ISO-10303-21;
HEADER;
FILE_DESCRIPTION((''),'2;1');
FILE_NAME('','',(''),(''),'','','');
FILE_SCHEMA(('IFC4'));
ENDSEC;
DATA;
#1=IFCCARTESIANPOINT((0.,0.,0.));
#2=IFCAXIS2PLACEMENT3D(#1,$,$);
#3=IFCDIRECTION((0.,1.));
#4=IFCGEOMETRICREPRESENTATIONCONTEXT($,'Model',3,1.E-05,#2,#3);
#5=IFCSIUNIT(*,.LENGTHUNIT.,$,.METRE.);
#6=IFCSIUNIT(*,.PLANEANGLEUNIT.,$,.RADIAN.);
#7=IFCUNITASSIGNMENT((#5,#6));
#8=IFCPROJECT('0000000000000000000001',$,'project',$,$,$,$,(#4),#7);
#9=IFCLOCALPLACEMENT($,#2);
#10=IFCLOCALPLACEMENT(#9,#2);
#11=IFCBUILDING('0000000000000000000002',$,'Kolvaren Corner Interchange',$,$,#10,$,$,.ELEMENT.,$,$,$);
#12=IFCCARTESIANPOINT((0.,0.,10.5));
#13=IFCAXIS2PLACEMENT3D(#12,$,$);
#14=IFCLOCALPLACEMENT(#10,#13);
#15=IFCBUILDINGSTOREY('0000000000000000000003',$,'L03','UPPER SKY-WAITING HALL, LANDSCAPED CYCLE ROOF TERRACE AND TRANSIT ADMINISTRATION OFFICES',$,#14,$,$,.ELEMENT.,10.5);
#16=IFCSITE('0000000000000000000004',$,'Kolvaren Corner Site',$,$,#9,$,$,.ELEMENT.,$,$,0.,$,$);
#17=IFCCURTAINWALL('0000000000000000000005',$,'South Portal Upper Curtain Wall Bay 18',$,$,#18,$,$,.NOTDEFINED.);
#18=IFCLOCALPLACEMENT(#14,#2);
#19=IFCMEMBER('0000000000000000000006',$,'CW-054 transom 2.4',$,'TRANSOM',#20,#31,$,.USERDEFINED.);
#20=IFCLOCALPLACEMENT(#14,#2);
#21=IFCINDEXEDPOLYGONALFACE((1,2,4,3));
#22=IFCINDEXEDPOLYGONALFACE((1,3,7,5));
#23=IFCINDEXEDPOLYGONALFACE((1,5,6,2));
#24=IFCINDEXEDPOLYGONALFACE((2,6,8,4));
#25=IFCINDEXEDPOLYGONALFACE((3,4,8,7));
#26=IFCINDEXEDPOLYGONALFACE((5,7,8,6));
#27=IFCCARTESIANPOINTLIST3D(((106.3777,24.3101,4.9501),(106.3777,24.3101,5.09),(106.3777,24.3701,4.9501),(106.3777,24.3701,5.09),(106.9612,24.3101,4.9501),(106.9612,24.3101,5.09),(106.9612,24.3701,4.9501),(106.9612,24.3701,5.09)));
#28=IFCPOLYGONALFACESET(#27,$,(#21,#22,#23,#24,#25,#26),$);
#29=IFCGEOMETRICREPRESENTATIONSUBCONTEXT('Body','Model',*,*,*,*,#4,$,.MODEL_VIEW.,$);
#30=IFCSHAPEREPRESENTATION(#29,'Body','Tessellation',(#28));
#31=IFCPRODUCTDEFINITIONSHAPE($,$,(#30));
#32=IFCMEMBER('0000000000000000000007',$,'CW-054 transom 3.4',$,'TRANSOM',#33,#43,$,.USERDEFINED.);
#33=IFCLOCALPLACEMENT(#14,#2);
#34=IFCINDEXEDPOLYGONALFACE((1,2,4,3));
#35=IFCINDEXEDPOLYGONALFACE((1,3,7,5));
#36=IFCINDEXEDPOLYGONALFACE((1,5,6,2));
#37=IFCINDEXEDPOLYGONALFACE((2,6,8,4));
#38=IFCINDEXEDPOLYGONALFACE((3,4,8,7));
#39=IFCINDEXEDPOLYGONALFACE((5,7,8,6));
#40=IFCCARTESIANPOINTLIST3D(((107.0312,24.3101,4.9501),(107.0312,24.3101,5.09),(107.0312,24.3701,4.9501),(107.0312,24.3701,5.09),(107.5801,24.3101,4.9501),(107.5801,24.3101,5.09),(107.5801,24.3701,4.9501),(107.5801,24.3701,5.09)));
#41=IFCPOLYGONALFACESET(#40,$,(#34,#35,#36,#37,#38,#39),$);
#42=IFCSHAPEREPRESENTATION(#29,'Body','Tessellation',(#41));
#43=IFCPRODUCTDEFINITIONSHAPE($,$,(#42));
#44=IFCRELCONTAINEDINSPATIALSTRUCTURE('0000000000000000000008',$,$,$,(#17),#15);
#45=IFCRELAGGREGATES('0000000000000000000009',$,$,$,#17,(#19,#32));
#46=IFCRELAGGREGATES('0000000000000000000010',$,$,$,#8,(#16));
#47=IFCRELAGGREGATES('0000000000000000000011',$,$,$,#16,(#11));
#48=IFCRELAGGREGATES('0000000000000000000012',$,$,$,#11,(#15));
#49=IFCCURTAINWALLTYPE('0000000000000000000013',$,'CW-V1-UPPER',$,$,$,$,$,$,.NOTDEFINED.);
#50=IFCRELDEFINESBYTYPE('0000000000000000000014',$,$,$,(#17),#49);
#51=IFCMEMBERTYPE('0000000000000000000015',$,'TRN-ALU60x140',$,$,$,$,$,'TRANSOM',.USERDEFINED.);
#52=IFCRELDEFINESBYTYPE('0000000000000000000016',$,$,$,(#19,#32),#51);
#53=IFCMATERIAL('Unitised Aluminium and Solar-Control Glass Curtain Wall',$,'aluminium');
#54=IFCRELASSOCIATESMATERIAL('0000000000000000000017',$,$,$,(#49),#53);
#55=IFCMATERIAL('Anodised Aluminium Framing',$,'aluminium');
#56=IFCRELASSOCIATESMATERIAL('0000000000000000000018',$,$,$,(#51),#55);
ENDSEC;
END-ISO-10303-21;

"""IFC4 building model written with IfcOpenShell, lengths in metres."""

from ifc_helpers import new_model, si_unit, direction, frame, origin, origin_2d, place, context, subcontext, project, spatial, rectangle, extrude, material, material_profile, profile_set, type_object, element, aggregate, save


model = new_model("IFC4")

# Units and contexts
model_context = context("Model", 3, precision=1e-05, world=origin(), true_north=direction((0.0, 1.0)))
body_context = subcontext(model_context, "Body", "Model", "MODEL_VIEW")
ifc_project = project(units=[si_unit("LENGTHUNIT", "METRE"), si_unit("PLANEANGLEUNIT", "RADIAN")], contexts=[model_context])

# Site, building, storey
site_placement = place(None, origin())
site = spatial("IfcSite", under=ifc_project, at=site_placement, Name="Kolvaren Corner Site", CompositionType="ELEMENT", RefElevation=0.0)
building_placement = place(site_placement, origin())
building = spatial("IfcBuilding", under=site, at=building_placement, Name="Kolvaren Corner Interchange", CompositionType="ELEMENT")
storey_placement = place(building_placement, frame((0.0, 0.0, 10.5)))
storey = spatial("IfcBuildingStorey", under=building, at=storey_placement, Name="L03", Description="UPPER SKY-WAITING HALL, LANDSCAPED CYCLE ROOF TERRACE AND TRANSIT ADMINISTRATION OFFICES", CompositionType="ELEMENT", Elevation=10.5)

# Curtain wall, members
ifc_material_1 = material(Name="Unitised Aluminium and Solar-Control Glass Curtain Wall", Category="aluminium")
curtain_wall_type = type_object("IfcCurtainWallType", Name="CW-V1-UPPER", PredefinedType="NOTDEFINED", material=ifc_material_1)
curtain_wall_placement = place(storey_placement, origin())
curtain_wall = element("IfcCurtainWall", 1, at=curtain_wall_placement, inside=storey, type_object=curtain_wall_type, Name="South Portal Upper Curtain Wall Bay 18", PredefinedType="NOTDEFINED")
ifc_material_2 = material(Name="Anodised Aluminium Framing", Category="aluminium")
ifc_material_profile_1 = material_profile(ifc_material_2, rectangle(XDim=0.0601, YDim=0.1399, at=origin_2d()), Name="ALU 60x140")
ifc_profile_set_1 = profile_set([ifc_material_profile_1], Name="Anodised Aluminium Framing")
member_type_1 = type_object("IfcMemberType", Name="TRN-ALU60x140", ElementType="TRANSOM", PredefinedType="USERDEFINED", material=ifc_profile_set_1)
member_1_placement = place(storey_placement, frame((106.3777, 24.3401, 5.02), z_axis=(1.0, 0.0, 0.0), x_axis=(0.0, 1.0, 0.0)))
member_1 = element("IfcMember", 2, at=member_1_placement, type_object=member_type_1, Name="CW-054 transom 2.4", ObjectType="TRANSOM", PredefinedType="USERDEFINED", context=body_context, shape_type="SweptSolid", body=[
    extrude(rectangle(XDim=0.0601, YDim=0.1399, at=origin_2d()), origin(), (0.0, 0.0, 1.0), 0.5835),
])
member_2_placement = place(storey_placement, frame((107.0312, 24.3401, 5.02), z_axis=(1.0, 0.0, 0.0), x_axis=(0.0, 1.0, 0.0)))
member_2 = element("IfcMember", 3, at=member_2_placement, type_object=member_type_1, Name="CW-054 transom 3.4", ObjectType="TRANSOM", PredefinedType="USERDEFINED", context=body_context, shape_type="SweptSolid", body=[
    extrude(rectangle(XDim=0.0601, YDim=0.1399, at=origin_2d()), origin(), (0.0, 0.0, 1.0), 0.5488),
])
aggregate(curtain_wall, [member_1, member_2])

save(model, "model.ifc")
